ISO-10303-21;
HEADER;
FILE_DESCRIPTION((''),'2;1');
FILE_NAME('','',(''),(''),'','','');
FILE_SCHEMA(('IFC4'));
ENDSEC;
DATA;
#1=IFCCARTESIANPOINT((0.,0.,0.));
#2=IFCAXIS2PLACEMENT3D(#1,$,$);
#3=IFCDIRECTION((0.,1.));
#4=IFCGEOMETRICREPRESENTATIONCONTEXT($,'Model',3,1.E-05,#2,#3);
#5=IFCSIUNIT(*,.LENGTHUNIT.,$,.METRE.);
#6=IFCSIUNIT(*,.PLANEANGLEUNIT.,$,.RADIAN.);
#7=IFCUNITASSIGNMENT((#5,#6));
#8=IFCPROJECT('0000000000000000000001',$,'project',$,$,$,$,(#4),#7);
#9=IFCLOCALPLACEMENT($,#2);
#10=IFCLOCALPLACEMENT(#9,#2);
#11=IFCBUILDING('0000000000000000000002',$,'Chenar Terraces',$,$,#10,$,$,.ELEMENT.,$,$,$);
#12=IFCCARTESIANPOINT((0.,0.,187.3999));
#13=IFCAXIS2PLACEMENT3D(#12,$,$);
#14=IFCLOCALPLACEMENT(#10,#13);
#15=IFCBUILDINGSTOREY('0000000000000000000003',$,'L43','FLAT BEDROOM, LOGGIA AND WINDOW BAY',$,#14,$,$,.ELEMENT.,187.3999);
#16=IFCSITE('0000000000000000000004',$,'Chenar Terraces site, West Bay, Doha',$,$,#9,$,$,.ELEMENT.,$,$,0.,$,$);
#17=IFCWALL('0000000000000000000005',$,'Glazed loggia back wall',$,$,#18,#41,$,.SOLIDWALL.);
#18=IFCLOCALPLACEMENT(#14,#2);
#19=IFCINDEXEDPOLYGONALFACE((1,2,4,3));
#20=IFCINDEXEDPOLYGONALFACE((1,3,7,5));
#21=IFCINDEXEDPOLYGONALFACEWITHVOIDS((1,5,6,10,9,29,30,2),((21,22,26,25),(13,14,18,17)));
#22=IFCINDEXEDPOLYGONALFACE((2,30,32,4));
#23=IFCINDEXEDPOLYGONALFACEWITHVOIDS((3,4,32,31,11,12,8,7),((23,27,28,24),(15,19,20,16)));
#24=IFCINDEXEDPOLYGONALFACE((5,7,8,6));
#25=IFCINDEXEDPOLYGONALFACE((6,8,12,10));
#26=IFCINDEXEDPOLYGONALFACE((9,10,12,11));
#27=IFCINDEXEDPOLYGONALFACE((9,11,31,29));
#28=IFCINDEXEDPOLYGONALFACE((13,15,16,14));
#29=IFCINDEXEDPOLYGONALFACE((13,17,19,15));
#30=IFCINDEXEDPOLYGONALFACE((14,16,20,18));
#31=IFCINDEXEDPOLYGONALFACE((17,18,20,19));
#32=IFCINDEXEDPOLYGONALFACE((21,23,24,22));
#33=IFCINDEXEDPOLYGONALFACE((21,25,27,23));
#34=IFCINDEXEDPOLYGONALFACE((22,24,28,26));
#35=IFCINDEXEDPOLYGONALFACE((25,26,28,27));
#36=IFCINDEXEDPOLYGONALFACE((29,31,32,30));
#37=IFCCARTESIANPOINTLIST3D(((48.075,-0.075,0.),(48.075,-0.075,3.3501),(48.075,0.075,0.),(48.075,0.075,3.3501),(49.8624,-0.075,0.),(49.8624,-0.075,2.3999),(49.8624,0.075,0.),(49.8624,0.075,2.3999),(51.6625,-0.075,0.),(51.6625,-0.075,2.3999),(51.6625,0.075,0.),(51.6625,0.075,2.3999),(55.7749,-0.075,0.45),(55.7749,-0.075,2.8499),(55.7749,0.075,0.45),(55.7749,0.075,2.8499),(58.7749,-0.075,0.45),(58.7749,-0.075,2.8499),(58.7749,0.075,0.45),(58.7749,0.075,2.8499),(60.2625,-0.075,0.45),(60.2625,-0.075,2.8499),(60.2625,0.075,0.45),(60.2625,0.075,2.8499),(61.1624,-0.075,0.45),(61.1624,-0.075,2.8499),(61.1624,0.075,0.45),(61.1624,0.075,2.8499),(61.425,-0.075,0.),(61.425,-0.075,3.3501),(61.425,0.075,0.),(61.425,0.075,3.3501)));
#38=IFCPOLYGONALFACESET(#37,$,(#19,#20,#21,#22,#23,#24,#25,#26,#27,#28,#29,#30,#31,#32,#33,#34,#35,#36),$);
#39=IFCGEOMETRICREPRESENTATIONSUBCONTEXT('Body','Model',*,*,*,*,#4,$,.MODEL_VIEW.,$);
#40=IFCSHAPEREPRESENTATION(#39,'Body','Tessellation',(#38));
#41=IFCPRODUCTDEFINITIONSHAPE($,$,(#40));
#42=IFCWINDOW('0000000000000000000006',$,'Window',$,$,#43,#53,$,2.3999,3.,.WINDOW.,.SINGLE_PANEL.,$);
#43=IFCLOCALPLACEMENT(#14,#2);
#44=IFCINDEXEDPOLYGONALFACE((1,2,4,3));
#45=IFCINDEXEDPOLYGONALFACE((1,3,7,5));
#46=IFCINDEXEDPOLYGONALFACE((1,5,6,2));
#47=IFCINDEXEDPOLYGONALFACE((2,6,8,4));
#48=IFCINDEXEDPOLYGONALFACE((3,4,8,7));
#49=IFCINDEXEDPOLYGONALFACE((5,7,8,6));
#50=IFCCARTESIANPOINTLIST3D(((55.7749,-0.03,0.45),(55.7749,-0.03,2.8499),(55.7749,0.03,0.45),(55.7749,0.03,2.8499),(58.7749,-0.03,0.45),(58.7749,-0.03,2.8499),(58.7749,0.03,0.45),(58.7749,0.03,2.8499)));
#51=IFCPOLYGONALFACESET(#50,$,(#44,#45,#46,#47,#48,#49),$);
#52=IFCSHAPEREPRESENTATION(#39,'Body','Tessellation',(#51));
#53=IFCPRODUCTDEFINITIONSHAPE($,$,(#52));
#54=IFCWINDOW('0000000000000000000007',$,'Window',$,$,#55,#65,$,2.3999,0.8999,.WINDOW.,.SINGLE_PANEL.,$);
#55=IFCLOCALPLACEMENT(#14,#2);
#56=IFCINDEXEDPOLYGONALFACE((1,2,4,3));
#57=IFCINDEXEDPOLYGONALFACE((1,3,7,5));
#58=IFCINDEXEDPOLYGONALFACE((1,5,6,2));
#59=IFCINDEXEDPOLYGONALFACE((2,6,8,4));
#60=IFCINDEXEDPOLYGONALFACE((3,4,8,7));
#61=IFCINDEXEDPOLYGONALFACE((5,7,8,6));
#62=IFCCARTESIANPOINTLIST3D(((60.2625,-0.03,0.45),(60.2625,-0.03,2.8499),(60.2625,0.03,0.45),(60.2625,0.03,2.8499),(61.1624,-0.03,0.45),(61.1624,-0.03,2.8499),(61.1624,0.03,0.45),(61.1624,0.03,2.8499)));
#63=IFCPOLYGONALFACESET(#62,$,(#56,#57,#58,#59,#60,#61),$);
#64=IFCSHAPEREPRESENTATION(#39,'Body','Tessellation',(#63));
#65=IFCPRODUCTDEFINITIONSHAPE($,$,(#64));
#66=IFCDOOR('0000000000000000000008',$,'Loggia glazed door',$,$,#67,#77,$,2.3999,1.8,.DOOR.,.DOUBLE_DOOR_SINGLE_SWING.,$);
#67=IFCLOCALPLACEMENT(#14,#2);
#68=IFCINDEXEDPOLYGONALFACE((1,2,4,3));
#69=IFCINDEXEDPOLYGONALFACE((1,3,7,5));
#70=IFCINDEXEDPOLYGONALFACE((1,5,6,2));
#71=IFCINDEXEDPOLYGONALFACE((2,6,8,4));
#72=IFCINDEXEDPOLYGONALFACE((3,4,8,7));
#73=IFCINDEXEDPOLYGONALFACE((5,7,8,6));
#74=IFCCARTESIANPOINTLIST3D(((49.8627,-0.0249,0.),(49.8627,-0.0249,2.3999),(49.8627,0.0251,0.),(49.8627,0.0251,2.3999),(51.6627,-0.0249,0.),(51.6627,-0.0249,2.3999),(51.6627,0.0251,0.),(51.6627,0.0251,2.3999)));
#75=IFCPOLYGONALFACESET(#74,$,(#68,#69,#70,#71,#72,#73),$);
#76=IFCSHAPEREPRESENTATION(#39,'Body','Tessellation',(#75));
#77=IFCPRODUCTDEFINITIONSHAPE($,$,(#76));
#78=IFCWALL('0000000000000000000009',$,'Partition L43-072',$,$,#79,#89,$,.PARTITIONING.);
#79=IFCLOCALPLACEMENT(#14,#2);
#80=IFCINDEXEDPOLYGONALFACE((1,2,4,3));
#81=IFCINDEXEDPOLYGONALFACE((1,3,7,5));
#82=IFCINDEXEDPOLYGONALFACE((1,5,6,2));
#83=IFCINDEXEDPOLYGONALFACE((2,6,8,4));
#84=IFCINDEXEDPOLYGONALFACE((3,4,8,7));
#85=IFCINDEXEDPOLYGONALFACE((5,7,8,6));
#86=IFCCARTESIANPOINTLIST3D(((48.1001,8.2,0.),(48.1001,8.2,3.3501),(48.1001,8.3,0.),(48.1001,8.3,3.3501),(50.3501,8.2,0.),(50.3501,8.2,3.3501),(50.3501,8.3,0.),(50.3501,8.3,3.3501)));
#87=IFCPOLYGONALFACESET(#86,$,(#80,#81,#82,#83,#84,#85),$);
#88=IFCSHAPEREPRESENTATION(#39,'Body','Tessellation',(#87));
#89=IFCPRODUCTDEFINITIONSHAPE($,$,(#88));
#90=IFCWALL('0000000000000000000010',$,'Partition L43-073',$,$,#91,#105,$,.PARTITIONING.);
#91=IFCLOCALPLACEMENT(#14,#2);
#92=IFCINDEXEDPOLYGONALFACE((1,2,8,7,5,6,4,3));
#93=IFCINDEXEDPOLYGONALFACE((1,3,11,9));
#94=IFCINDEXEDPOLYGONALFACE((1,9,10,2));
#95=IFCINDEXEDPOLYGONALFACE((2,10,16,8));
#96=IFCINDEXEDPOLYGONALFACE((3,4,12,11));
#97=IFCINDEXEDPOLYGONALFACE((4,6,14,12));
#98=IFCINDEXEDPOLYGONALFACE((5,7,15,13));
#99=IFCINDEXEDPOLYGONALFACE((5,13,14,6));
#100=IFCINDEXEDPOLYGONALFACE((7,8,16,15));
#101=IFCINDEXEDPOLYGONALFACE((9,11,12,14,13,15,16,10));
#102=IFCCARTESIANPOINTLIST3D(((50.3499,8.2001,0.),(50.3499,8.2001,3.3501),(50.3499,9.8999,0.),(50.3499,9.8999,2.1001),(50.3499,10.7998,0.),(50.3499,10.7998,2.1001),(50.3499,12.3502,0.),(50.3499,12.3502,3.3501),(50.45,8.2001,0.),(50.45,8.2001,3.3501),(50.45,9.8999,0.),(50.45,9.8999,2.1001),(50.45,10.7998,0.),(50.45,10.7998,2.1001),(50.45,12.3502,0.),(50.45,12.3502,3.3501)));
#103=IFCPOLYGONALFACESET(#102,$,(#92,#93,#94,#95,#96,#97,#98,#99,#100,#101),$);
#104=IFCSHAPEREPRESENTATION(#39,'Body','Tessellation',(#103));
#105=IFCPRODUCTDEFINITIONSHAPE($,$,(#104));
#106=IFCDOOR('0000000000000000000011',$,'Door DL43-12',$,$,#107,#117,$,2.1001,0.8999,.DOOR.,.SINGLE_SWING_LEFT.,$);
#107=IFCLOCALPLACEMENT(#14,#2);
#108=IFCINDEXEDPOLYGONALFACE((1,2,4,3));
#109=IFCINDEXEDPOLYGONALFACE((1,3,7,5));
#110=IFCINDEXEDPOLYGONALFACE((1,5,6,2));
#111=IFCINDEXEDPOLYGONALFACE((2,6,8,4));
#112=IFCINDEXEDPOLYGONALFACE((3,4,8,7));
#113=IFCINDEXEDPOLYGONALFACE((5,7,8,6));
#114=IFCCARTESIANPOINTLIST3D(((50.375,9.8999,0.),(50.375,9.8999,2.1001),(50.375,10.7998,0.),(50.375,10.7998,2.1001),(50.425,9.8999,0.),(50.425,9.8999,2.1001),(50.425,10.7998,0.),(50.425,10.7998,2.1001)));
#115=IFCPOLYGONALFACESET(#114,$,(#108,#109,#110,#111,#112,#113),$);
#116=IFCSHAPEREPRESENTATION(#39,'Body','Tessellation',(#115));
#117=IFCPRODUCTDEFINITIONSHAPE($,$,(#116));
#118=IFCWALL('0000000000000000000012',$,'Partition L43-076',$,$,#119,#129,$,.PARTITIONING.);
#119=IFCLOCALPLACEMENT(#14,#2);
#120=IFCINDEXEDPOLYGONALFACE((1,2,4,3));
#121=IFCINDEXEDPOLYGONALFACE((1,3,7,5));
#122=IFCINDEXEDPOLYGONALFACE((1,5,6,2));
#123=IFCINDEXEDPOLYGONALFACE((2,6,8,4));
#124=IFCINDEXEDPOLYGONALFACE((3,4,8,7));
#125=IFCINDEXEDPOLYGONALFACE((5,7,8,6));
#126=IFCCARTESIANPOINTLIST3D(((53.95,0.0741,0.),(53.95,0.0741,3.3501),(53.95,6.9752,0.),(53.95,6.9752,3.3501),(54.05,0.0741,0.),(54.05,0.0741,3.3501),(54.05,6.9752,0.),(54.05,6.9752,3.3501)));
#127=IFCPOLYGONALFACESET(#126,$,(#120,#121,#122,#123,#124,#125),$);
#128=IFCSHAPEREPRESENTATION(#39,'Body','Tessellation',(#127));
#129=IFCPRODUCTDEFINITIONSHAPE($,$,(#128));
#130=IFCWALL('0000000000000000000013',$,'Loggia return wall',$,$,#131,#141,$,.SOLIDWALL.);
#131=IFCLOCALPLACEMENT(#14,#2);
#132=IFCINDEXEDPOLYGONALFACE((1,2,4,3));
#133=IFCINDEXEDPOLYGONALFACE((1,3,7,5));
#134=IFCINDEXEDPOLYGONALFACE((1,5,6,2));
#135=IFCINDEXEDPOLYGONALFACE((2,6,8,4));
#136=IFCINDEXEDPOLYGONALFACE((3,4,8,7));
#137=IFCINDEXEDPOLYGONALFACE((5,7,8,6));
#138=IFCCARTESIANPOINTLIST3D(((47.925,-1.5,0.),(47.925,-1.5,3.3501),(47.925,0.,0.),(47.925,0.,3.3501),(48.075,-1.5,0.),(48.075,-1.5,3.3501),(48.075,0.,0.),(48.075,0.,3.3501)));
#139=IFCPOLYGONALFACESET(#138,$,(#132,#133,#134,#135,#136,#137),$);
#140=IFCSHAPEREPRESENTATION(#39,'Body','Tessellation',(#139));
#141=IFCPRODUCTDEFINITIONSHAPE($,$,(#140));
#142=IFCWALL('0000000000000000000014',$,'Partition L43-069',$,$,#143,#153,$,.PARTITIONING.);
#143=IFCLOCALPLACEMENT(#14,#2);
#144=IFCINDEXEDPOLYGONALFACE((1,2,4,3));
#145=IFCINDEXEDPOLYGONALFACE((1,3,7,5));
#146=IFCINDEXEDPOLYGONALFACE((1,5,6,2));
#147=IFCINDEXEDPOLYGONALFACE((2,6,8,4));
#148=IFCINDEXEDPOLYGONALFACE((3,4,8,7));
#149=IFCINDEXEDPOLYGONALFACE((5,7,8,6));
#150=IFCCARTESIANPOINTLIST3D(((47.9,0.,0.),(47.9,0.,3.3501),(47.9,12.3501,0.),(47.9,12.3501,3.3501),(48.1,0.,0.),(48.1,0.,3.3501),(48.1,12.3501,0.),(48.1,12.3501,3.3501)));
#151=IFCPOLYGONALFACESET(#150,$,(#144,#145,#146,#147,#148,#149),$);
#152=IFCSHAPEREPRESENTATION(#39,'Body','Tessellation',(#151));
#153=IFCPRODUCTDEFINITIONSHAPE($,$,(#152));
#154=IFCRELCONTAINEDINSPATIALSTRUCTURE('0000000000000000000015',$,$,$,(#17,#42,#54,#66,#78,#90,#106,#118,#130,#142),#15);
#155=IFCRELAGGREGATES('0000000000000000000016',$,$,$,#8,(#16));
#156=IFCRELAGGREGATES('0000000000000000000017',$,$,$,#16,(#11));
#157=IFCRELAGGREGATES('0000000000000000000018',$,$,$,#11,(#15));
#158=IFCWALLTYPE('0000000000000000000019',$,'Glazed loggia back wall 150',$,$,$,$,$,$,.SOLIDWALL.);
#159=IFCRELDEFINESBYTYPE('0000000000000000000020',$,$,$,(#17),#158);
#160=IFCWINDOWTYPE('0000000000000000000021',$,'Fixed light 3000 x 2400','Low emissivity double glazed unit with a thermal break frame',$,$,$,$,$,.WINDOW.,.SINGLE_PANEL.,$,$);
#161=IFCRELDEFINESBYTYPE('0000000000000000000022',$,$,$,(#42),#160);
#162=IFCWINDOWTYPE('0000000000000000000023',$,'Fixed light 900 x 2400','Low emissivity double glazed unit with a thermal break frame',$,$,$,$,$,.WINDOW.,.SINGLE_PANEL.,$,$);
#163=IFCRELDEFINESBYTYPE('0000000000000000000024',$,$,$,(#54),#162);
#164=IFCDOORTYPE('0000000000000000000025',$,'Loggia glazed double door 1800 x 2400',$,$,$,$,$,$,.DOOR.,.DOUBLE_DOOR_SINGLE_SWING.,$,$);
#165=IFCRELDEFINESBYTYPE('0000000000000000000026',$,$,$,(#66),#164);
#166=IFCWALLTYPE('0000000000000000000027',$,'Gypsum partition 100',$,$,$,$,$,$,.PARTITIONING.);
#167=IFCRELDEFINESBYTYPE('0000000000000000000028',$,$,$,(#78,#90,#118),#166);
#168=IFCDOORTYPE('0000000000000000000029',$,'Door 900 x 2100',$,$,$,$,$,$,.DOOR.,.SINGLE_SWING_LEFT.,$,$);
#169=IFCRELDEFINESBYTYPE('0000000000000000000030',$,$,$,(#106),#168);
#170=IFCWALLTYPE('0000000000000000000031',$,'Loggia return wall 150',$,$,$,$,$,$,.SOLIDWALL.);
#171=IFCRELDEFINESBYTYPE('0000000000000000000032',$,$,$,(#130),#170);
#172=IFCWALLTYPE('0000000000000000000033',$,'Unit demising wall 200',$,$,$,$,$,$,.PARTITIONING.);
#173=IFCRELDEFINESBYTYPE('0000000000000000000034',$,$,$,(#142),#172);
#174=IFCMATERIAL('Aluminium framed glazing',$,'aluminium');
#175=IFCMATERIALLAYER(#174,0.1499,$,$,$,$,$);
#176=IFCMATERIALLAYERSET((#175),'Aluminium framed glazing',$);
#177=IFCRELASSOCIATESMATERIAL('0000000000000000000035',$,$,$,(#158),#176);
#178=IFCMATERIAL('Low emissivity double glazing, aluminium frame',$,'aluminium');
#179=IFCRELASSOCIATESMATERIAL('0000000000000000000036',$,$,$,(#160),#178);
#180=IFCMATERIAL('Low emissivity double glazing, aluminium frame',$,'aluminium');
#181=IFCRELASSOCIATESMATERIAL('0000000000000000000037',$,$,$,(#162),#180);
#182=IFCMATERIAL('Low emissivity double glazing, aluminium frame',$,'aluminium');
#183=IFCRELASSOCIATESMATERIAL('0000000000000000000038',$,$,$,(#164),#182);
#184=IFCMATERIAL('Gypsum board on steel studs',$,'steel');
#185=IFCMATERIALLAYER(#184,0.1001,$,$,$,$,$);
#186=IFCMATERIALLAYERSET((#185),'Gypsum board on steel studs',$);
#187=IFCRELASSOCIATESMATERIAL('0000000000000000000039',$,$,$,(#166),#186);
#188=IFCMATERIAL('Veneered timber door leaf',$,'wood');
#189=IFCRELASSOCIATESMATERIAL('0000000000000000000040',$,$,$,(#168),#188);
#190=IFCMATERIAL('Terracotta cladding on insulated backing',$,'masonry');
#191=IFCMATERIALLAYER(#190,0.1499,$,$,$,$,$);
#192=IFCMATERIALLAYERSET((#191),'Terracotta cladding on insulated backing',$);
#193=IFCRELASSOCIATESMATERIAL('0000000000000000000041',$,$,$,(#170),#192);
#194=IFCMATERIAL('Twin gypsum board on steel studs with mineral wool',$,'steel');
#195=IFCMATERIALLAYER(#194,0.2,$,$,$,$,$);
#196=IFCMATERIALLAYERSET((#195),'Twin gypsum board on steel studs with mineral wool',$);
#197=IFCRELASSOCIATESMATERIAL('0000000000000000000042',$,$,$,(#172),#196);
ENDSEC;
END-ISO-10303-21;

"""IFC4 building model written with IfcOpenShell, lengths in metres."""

from ifc_helpers import new_model, si_unit, direction, frame, frame_2d, origin, place, context, subcontext, project, spatial, rectangle, extrude, material, layer, layer_set, type_object, element, fill, save


model = new_model("IFC4")

# Units and contexts
model_context = context("Model", 3, precision=1e-05, world=origin(), true_north=direction((0.0, 1.0)))
body_context = subcontext(model_context, "Body", "Model", "MODEL_VIEW")
ifc_project = project(units=[si_unit("LENGTHUNIT", "METRE"), si_unit("PLANEANGLEUNIT", "RADIAN")], contexts=[model_context])

# Site, building, storey
site_placement = place(None, origin())
site = spatial("IfcSite", under=ifc_project, at=site_placement, Name="Chenar Terraces site, West Bay, Doha", CompositionType="ELEMENT", RefElevation=0.0)
building_placement = place(site_placement, origin())
building = spatial("IfcBuilding", under=site, at=building_placement, Name="Chenar Terraces", CompositionType="ELEMENT")
storey_placement = place(building_placement, frame((0.0, 0.0, 187.3999)))
storey = spatial("IfcBuildingStorey", under=building, at=storey_placement, Name="L43", Description="FLAT BEDROOM, LOGGIA AND WINDOW BAY", CompositionType="ELEMENT", Elevation=187.3999)

# Wall, openings, windows, door
ifc_material_1 = material(Name="Aluminium framed glazing", Category="aluminium")
ifc_layer_1 = layer(ifc_material_1, 0.1499)
ifc_layer_set_1 = layer_set([ifc_layer_1], Name="Aluminium framed glazing")
wall_type_1 = type_object("IfcWallType", Name="Glazed loggia back wall 150", PredefinedType="SOLIDWALL", material=ifc_layer_set_1)
wall_1_placement = place(storey_placement, frame((48.075, 0.0, 0.0), z_axis=(0.0, 0.0, 1.0), x_axis=(1.0, 0.0, 0.0)))
wall_1 = element("IfcWall", 1, at=wall_1_placement, inside=storey, type_object=wall_type_1, Name="Glazed loggia back wall", PredefinedType="SOLIDWALL", context=body_context, shape_type="SweptSolid", body=[
    extrude(rectangle(XDim=13.3501, YDim=0.1499, at=frame_2d((6.675, 0.0))), origin(), (0.0, 0.0, 1.0), 3.3501),
])
opening_1_placement = place(wall_1_placement, frame((1.7876, 0.0, 0.0)))
opening_1 = element("IfcOpeningElement", 2, at=opening_1_placement, cuts=wall_1, PredefinedType="OPENING", context=body_context, shape_type="SweptSolid", body=[
    extrude(rectangle(XDim=1.8, YDim=2.3999, at=frame_2d((0.8999, 1.2))), frame((0.0, 0.085, 0.0), z_axis=(0.0, -1.0, 0.0), x_axis=(1.0, 0.0, 0.0)), (0.0, 0.0, 1.0), 0.1699),
])
opening_2_placement = place(wall_1_placement, frame((7.7, 0.0, 0.45)))
opening_2 = element("IfcOpeningElement", 3, at=opening_2_placement, cuts=wall_1, PredefinedType="OPENING", context=body_context, shape_type="SweptSolid", body=[
    extrude(rectangle(XDim=3.0, YDim=2.3999, at=frame_2d((1.5, 1.2))), frame((0.0, 0.085, 0.0), z_axis=(0.0, -1.0, 0.0), x_axis=(1.0, 0.0, 0.0)), (0.0, 0.0, 1.0), 0.1699),
])
opening_3_placement = place(wall_1_placement, frame((12.1875, 0.0, 0.45)))
opening_3 = element("IfcOpeningElement", 4, at=opening_3_placement, cuts=wall_1, PredefinedType="OPENING", context=body_context, shape_type="SweptSolid", body=[
    extrude(rectangle(XDim=0.8999, YDim=2.3999, at=frame_2d((0.45, 1.2))), frame((0.0, 0.085, 0.0), z_axis=(0.0, -1.0, 0.0), x_axis=(1.0, 0.0, 0.0)), (0.0, 0.0, 1.0), 0.1699),
])
ifc_material_2 = material(Name="Low emissivity double glazing, aluminium frame", Category="aluminium")
window_type_1 = type_object("IfcWindowType", Name="Fixed light 3000 x 2400", Description="Low emissivity double glazed unit with a thermal break frame", PartitioningType="SINGLE_PANEL", PredefinedType="WINDOW", material=ifc_material_2)
window_1_placement = place(opening_2_placement, origin())
window_1 = element("IfcWindow", 5, at=window_1_placement, inside=storey, type_object=window_type_1, Name="Window", OverallHeight=2.3999, OverallWidth=3.0, PartitioningType="SINGLE_PANEL", PredefinedType="WINDOW", context=body_context, shape_type="SweptSolid", body=[
    extrude(rectangle(XDim=3.0, YDim=2.3999, at=frame_2d((1.5, 1.2))), frame((0.0, 0.03, 0.0), z_axis=(0.0, -1.0, 0.0), x_axis=(1.0, 0.0, 0.0)), (0.0, 0.0, 1.0), 0.0601),
])
fill(opening_2, window_1)
ifc_material_3 = material(Name="Low emissivity double glazing, aluminium frame", Category="aluminium")
window_type_2 = type_object("IfcWindowType", Name="Fixed light 900 x 2400", Description="Low emissivity double glazed unit with a thermal break frame", PartitioningType="SINGLE_PANEL", PredefinedType="WINDOW", material=ifc_material_3)
window_2_placement = place(opening_3_placement, origin())
window_2 = element("IfcWindow", 6, at=window_2_placement, inside=storey, type_object=window_type_2, Name="Window", OverallHeight=2.3999, OverallWidth=0.8999, PartitioningType="SINGLE_PANEL", PredefinedType="WINDOW", context=body_context, shape_type="SweptSolid", body=[
    extrude(rectangle(XDim=0.8999, YDim=2.3999, at=frame_2d((0.45, 1.2))), frame((0.0, 0.03, 0.0), z_axis=(0.0, -1.0, 0.0), x_axis=(1.0, 0.0, 0.0)), (0.0, 0.0, 1.0), 0.0601),
])
fill(opening_3, window_2)
ifc_material_4 = material(Name="Low emissivity double glazing, aluminium frame", Category="aluminium")
door_type_1 = type_object("IfcDoorType", Name="Loggia glazed double door 1800 x 2400", OperationType="DOUBLE_DOOR_SINGLE_SWING", PredefinedType="DOOR", material=ifc_material_4)
door_1_placement = place(opening_1_placement, frame((1.8, 0.0, 0.0), z_axis=(0.0, 0.0, 1.0), x_axis=(-1.0, 0.0, 0.0)))
door_1 = element("IfcDoor", 7, at=door_1_placement, inside=storey, type_object=door_type_1, Name="Loggia glazed door", OperationType="DOUBLE_DOOR_SINGLE_SWING", OverallHeight=2.3999, OverallWidth=1.8, PredefinedType="DOOR", context=body_context, shape_type="SweptSolid", body=[
    extrude(rectangle(XDim=1.8, YDim=2.3999, at=frame_2d((0.8999, 1.2))), frame((0.0, 0.0249, 0.0), z_axis=(0.0, -1.0, 0.0), x_axis=(1.0, 0.0, 0.0)), (0.0, 0.0, 1.0), 0.05),
])
fill(opening_1, door_1)

# Wall
ifc_material_5 = material(Name="Gypsum board on steel studs", Category="steel")
ifc_layer_2 = layer(ifc_material_5, 0.1001)
ifc_layer_set_2 = layer_set([ifc_layer_2], Name="Gypsum board on steel studs")
wall_type_2 = type_object("IfcWallType", Name="Gypsum partition 100", PredefinedType="PARTITIONING", material=ifc_layer_set_2)
wall_2_placement = place(storey_placement, frame((48.1001, 8.25, 0.0), z_axis=(0.0, 0.0, 1.0), x_axis=(1.0, 0.0, 0.0)))
element("IfcWall", 8, at=wall_2_placement, inside=storey, type_object=wall_type_2, Name="Partition L43-072", PredefinedType="PARTITIONING", context=body_context, shape_type="SweptSolid", body=[
    extrude(rectangle(XDim=2.25, YDim=0.1001, at=frame_2d((1.125, 0.0))), origin(), (0.0, 0.0, 1.0), 3.3501),
])

# Wall, opening, door
wall_3_placement = place(storey_placement, frame((50.3999, 8.2, 0.0), z_axis=(0.0, 0.0, 1.0), x_axis=(0.0, 1.0, 0.0)))
wall_3 = element("IfcWall", 9, at=wall_3_placement, inside=storey, type_object=wall_type_2, Name="Partition L43-073", PredefinedType="PARTITIONING", context=body_context, shape_type="SweptSolid", body=[
    extrude(rectangle(XDim=4.1501, YDim=0.1001, at=frame_2d((2.0752, 0.0))), origin(), (0.0, 0.0, 1.0), 3.3501),
])
opening_4_placement = place(wall_3_placement, frame((1.7, 0.0, 0.0)))
opening_4 = element("IfcOpeningElement", 10, at=opening_4_placement, cuts=wall_3, PredefinedType="OPENING", context=body_context, shape_type="SweptSolid", body=[
    extrude(rectangle(XDim=0.8999, YDim=2.1001, at=frame_2d((0.45, 1.05))), frame((0.0, 0.0601, 0.0), z_axis=(0.0, -1.0, 0.0), x_axis=(1.0, 0.0, 0.0)), (0.0, 0.0, 1.0), 0.1201),
])
ifc_material_6 = material(Name="Veneered timber door leaf", Category="wood")
door_type_2 = type_object("IfcDoorType", Name="Door 900 x 2100", OperationType="SINGLE_SWING_LEFT", PredefinedType="DOOR", material=ifc_material_6)
door_2_placement = place(opening_4_placement, origin())
door_2 = element("IfcDoor", 11, at=door_2_placement, inside=storey, type_object=door_type_2, Name="Door DL43-12", OperationType="SINGLE_SWING_LEFT", OverallHeight=2.1001, OverallWidth=0.8999, PredefinedType="DOOR", context=body_context, shape_type="SweptSolid", body=[
    extrude(rectangle(XDim=0.8999, YDim=2.1001, at=frame_2d((0.45, 1.05))), frame((0.0, 0.0249, 0.0), z_axis=(0.0, -1.0, 0.0), x_axis=(1.0, 0.0, 0.0)), (0.0, 0.0, 1.0), 0.05),
])
fill(opening_4, door_2)

# Walls
wall_4_placement = place(storey_placement, frame((54.0, 0.074, 0.0), z_axis=(0.0, 0.0, 1.0), x_axis=(0.0, 1.0, 0.0)))
element("IfcWall", 12, at=wall_4_placement, inside=storey, type_object=wall_type_2, Name="Partition L43-076", PredefinedType="PARTITIONING", context=body_context, shape_type="SweptSolid", body=[
    extrude(rectangle(XDim=6.9011, YDim=0.1001, at=frame_2d((3.4507, 0.0))), origin(), (0.0, 0.0, 1.0), 3.3501),
])
ifc_material_7 = material(Name="Terracotta cladding on insulated backing", Category="masonry")
ifc_layer_3 = layer(ifc_material_7, 0.1499)
ifc_layer_set_3 = layer_set([ifc_layer_3], Name="Terracotta cladding on insulated backing")
wall_type_3 = type_object("IfcWallType", Name="Loggia return wall 150", PredefinedType="SOLIDWALL", material=ifc_layer_set_3)
wall_5_placement = place(storey_placement, frame((48.0, -1.5, 0.0), z_axis=(0.0, 0.0, 1.0), x_axis=(0.0, 1.0, 0.0)))
element("IfcWall", 13, at=wall_5_placement, inside=storey, type_object=wall_type_3, Name="Loggia return wall", PredefinedType="SOLIDWALL", context=body_context, shape_type="SweptSolid", body=[
    extrude(rectangle(XDim=1.5, YDim=0.1499, at=frame_2d((0.75, 0.0))), origin(), (0.0, 0.0, 1.0), 3.3501),
])
ifc_material_8 = material(Name="Twin gypsum board on steel studs with mineral wool", Category="steel")
ifc_layer_4 = layer(ifc_material_8, 0.2)
ifc_layer_set_4 = layer_set([ifc_layer_4], Name="Twin gypsum board on steel studs with mineral wool")
wall_type_4 = type_object("IfcWallType", Name="Unit demising wall 200", PredefinedType="PARTITIONING", material=ifc_layer_set_4)
wall_6_placement = place(storey_placement, frame((48.0, 0.0, 0.0), z_axis=(0.0, 0.0, 1.0), x_axis=(0.0, 1.0, 0.0)))
element("IfcWall", 14, at=wall_6_placement, inside=storey, type_object=wall_type_4, Name="Partition L43-069", PredefinedType="PARTITIONING", context=body_context, shape_type="SweptSolid", body=[
    extrude(rectangle(XDim=12.3501, YDim=0.2, at=frame_2d((6.175, 0.0))), origin(), (0.0, 0.0, 1.0), 3.3501),
])

save(model, "model.ifc")
